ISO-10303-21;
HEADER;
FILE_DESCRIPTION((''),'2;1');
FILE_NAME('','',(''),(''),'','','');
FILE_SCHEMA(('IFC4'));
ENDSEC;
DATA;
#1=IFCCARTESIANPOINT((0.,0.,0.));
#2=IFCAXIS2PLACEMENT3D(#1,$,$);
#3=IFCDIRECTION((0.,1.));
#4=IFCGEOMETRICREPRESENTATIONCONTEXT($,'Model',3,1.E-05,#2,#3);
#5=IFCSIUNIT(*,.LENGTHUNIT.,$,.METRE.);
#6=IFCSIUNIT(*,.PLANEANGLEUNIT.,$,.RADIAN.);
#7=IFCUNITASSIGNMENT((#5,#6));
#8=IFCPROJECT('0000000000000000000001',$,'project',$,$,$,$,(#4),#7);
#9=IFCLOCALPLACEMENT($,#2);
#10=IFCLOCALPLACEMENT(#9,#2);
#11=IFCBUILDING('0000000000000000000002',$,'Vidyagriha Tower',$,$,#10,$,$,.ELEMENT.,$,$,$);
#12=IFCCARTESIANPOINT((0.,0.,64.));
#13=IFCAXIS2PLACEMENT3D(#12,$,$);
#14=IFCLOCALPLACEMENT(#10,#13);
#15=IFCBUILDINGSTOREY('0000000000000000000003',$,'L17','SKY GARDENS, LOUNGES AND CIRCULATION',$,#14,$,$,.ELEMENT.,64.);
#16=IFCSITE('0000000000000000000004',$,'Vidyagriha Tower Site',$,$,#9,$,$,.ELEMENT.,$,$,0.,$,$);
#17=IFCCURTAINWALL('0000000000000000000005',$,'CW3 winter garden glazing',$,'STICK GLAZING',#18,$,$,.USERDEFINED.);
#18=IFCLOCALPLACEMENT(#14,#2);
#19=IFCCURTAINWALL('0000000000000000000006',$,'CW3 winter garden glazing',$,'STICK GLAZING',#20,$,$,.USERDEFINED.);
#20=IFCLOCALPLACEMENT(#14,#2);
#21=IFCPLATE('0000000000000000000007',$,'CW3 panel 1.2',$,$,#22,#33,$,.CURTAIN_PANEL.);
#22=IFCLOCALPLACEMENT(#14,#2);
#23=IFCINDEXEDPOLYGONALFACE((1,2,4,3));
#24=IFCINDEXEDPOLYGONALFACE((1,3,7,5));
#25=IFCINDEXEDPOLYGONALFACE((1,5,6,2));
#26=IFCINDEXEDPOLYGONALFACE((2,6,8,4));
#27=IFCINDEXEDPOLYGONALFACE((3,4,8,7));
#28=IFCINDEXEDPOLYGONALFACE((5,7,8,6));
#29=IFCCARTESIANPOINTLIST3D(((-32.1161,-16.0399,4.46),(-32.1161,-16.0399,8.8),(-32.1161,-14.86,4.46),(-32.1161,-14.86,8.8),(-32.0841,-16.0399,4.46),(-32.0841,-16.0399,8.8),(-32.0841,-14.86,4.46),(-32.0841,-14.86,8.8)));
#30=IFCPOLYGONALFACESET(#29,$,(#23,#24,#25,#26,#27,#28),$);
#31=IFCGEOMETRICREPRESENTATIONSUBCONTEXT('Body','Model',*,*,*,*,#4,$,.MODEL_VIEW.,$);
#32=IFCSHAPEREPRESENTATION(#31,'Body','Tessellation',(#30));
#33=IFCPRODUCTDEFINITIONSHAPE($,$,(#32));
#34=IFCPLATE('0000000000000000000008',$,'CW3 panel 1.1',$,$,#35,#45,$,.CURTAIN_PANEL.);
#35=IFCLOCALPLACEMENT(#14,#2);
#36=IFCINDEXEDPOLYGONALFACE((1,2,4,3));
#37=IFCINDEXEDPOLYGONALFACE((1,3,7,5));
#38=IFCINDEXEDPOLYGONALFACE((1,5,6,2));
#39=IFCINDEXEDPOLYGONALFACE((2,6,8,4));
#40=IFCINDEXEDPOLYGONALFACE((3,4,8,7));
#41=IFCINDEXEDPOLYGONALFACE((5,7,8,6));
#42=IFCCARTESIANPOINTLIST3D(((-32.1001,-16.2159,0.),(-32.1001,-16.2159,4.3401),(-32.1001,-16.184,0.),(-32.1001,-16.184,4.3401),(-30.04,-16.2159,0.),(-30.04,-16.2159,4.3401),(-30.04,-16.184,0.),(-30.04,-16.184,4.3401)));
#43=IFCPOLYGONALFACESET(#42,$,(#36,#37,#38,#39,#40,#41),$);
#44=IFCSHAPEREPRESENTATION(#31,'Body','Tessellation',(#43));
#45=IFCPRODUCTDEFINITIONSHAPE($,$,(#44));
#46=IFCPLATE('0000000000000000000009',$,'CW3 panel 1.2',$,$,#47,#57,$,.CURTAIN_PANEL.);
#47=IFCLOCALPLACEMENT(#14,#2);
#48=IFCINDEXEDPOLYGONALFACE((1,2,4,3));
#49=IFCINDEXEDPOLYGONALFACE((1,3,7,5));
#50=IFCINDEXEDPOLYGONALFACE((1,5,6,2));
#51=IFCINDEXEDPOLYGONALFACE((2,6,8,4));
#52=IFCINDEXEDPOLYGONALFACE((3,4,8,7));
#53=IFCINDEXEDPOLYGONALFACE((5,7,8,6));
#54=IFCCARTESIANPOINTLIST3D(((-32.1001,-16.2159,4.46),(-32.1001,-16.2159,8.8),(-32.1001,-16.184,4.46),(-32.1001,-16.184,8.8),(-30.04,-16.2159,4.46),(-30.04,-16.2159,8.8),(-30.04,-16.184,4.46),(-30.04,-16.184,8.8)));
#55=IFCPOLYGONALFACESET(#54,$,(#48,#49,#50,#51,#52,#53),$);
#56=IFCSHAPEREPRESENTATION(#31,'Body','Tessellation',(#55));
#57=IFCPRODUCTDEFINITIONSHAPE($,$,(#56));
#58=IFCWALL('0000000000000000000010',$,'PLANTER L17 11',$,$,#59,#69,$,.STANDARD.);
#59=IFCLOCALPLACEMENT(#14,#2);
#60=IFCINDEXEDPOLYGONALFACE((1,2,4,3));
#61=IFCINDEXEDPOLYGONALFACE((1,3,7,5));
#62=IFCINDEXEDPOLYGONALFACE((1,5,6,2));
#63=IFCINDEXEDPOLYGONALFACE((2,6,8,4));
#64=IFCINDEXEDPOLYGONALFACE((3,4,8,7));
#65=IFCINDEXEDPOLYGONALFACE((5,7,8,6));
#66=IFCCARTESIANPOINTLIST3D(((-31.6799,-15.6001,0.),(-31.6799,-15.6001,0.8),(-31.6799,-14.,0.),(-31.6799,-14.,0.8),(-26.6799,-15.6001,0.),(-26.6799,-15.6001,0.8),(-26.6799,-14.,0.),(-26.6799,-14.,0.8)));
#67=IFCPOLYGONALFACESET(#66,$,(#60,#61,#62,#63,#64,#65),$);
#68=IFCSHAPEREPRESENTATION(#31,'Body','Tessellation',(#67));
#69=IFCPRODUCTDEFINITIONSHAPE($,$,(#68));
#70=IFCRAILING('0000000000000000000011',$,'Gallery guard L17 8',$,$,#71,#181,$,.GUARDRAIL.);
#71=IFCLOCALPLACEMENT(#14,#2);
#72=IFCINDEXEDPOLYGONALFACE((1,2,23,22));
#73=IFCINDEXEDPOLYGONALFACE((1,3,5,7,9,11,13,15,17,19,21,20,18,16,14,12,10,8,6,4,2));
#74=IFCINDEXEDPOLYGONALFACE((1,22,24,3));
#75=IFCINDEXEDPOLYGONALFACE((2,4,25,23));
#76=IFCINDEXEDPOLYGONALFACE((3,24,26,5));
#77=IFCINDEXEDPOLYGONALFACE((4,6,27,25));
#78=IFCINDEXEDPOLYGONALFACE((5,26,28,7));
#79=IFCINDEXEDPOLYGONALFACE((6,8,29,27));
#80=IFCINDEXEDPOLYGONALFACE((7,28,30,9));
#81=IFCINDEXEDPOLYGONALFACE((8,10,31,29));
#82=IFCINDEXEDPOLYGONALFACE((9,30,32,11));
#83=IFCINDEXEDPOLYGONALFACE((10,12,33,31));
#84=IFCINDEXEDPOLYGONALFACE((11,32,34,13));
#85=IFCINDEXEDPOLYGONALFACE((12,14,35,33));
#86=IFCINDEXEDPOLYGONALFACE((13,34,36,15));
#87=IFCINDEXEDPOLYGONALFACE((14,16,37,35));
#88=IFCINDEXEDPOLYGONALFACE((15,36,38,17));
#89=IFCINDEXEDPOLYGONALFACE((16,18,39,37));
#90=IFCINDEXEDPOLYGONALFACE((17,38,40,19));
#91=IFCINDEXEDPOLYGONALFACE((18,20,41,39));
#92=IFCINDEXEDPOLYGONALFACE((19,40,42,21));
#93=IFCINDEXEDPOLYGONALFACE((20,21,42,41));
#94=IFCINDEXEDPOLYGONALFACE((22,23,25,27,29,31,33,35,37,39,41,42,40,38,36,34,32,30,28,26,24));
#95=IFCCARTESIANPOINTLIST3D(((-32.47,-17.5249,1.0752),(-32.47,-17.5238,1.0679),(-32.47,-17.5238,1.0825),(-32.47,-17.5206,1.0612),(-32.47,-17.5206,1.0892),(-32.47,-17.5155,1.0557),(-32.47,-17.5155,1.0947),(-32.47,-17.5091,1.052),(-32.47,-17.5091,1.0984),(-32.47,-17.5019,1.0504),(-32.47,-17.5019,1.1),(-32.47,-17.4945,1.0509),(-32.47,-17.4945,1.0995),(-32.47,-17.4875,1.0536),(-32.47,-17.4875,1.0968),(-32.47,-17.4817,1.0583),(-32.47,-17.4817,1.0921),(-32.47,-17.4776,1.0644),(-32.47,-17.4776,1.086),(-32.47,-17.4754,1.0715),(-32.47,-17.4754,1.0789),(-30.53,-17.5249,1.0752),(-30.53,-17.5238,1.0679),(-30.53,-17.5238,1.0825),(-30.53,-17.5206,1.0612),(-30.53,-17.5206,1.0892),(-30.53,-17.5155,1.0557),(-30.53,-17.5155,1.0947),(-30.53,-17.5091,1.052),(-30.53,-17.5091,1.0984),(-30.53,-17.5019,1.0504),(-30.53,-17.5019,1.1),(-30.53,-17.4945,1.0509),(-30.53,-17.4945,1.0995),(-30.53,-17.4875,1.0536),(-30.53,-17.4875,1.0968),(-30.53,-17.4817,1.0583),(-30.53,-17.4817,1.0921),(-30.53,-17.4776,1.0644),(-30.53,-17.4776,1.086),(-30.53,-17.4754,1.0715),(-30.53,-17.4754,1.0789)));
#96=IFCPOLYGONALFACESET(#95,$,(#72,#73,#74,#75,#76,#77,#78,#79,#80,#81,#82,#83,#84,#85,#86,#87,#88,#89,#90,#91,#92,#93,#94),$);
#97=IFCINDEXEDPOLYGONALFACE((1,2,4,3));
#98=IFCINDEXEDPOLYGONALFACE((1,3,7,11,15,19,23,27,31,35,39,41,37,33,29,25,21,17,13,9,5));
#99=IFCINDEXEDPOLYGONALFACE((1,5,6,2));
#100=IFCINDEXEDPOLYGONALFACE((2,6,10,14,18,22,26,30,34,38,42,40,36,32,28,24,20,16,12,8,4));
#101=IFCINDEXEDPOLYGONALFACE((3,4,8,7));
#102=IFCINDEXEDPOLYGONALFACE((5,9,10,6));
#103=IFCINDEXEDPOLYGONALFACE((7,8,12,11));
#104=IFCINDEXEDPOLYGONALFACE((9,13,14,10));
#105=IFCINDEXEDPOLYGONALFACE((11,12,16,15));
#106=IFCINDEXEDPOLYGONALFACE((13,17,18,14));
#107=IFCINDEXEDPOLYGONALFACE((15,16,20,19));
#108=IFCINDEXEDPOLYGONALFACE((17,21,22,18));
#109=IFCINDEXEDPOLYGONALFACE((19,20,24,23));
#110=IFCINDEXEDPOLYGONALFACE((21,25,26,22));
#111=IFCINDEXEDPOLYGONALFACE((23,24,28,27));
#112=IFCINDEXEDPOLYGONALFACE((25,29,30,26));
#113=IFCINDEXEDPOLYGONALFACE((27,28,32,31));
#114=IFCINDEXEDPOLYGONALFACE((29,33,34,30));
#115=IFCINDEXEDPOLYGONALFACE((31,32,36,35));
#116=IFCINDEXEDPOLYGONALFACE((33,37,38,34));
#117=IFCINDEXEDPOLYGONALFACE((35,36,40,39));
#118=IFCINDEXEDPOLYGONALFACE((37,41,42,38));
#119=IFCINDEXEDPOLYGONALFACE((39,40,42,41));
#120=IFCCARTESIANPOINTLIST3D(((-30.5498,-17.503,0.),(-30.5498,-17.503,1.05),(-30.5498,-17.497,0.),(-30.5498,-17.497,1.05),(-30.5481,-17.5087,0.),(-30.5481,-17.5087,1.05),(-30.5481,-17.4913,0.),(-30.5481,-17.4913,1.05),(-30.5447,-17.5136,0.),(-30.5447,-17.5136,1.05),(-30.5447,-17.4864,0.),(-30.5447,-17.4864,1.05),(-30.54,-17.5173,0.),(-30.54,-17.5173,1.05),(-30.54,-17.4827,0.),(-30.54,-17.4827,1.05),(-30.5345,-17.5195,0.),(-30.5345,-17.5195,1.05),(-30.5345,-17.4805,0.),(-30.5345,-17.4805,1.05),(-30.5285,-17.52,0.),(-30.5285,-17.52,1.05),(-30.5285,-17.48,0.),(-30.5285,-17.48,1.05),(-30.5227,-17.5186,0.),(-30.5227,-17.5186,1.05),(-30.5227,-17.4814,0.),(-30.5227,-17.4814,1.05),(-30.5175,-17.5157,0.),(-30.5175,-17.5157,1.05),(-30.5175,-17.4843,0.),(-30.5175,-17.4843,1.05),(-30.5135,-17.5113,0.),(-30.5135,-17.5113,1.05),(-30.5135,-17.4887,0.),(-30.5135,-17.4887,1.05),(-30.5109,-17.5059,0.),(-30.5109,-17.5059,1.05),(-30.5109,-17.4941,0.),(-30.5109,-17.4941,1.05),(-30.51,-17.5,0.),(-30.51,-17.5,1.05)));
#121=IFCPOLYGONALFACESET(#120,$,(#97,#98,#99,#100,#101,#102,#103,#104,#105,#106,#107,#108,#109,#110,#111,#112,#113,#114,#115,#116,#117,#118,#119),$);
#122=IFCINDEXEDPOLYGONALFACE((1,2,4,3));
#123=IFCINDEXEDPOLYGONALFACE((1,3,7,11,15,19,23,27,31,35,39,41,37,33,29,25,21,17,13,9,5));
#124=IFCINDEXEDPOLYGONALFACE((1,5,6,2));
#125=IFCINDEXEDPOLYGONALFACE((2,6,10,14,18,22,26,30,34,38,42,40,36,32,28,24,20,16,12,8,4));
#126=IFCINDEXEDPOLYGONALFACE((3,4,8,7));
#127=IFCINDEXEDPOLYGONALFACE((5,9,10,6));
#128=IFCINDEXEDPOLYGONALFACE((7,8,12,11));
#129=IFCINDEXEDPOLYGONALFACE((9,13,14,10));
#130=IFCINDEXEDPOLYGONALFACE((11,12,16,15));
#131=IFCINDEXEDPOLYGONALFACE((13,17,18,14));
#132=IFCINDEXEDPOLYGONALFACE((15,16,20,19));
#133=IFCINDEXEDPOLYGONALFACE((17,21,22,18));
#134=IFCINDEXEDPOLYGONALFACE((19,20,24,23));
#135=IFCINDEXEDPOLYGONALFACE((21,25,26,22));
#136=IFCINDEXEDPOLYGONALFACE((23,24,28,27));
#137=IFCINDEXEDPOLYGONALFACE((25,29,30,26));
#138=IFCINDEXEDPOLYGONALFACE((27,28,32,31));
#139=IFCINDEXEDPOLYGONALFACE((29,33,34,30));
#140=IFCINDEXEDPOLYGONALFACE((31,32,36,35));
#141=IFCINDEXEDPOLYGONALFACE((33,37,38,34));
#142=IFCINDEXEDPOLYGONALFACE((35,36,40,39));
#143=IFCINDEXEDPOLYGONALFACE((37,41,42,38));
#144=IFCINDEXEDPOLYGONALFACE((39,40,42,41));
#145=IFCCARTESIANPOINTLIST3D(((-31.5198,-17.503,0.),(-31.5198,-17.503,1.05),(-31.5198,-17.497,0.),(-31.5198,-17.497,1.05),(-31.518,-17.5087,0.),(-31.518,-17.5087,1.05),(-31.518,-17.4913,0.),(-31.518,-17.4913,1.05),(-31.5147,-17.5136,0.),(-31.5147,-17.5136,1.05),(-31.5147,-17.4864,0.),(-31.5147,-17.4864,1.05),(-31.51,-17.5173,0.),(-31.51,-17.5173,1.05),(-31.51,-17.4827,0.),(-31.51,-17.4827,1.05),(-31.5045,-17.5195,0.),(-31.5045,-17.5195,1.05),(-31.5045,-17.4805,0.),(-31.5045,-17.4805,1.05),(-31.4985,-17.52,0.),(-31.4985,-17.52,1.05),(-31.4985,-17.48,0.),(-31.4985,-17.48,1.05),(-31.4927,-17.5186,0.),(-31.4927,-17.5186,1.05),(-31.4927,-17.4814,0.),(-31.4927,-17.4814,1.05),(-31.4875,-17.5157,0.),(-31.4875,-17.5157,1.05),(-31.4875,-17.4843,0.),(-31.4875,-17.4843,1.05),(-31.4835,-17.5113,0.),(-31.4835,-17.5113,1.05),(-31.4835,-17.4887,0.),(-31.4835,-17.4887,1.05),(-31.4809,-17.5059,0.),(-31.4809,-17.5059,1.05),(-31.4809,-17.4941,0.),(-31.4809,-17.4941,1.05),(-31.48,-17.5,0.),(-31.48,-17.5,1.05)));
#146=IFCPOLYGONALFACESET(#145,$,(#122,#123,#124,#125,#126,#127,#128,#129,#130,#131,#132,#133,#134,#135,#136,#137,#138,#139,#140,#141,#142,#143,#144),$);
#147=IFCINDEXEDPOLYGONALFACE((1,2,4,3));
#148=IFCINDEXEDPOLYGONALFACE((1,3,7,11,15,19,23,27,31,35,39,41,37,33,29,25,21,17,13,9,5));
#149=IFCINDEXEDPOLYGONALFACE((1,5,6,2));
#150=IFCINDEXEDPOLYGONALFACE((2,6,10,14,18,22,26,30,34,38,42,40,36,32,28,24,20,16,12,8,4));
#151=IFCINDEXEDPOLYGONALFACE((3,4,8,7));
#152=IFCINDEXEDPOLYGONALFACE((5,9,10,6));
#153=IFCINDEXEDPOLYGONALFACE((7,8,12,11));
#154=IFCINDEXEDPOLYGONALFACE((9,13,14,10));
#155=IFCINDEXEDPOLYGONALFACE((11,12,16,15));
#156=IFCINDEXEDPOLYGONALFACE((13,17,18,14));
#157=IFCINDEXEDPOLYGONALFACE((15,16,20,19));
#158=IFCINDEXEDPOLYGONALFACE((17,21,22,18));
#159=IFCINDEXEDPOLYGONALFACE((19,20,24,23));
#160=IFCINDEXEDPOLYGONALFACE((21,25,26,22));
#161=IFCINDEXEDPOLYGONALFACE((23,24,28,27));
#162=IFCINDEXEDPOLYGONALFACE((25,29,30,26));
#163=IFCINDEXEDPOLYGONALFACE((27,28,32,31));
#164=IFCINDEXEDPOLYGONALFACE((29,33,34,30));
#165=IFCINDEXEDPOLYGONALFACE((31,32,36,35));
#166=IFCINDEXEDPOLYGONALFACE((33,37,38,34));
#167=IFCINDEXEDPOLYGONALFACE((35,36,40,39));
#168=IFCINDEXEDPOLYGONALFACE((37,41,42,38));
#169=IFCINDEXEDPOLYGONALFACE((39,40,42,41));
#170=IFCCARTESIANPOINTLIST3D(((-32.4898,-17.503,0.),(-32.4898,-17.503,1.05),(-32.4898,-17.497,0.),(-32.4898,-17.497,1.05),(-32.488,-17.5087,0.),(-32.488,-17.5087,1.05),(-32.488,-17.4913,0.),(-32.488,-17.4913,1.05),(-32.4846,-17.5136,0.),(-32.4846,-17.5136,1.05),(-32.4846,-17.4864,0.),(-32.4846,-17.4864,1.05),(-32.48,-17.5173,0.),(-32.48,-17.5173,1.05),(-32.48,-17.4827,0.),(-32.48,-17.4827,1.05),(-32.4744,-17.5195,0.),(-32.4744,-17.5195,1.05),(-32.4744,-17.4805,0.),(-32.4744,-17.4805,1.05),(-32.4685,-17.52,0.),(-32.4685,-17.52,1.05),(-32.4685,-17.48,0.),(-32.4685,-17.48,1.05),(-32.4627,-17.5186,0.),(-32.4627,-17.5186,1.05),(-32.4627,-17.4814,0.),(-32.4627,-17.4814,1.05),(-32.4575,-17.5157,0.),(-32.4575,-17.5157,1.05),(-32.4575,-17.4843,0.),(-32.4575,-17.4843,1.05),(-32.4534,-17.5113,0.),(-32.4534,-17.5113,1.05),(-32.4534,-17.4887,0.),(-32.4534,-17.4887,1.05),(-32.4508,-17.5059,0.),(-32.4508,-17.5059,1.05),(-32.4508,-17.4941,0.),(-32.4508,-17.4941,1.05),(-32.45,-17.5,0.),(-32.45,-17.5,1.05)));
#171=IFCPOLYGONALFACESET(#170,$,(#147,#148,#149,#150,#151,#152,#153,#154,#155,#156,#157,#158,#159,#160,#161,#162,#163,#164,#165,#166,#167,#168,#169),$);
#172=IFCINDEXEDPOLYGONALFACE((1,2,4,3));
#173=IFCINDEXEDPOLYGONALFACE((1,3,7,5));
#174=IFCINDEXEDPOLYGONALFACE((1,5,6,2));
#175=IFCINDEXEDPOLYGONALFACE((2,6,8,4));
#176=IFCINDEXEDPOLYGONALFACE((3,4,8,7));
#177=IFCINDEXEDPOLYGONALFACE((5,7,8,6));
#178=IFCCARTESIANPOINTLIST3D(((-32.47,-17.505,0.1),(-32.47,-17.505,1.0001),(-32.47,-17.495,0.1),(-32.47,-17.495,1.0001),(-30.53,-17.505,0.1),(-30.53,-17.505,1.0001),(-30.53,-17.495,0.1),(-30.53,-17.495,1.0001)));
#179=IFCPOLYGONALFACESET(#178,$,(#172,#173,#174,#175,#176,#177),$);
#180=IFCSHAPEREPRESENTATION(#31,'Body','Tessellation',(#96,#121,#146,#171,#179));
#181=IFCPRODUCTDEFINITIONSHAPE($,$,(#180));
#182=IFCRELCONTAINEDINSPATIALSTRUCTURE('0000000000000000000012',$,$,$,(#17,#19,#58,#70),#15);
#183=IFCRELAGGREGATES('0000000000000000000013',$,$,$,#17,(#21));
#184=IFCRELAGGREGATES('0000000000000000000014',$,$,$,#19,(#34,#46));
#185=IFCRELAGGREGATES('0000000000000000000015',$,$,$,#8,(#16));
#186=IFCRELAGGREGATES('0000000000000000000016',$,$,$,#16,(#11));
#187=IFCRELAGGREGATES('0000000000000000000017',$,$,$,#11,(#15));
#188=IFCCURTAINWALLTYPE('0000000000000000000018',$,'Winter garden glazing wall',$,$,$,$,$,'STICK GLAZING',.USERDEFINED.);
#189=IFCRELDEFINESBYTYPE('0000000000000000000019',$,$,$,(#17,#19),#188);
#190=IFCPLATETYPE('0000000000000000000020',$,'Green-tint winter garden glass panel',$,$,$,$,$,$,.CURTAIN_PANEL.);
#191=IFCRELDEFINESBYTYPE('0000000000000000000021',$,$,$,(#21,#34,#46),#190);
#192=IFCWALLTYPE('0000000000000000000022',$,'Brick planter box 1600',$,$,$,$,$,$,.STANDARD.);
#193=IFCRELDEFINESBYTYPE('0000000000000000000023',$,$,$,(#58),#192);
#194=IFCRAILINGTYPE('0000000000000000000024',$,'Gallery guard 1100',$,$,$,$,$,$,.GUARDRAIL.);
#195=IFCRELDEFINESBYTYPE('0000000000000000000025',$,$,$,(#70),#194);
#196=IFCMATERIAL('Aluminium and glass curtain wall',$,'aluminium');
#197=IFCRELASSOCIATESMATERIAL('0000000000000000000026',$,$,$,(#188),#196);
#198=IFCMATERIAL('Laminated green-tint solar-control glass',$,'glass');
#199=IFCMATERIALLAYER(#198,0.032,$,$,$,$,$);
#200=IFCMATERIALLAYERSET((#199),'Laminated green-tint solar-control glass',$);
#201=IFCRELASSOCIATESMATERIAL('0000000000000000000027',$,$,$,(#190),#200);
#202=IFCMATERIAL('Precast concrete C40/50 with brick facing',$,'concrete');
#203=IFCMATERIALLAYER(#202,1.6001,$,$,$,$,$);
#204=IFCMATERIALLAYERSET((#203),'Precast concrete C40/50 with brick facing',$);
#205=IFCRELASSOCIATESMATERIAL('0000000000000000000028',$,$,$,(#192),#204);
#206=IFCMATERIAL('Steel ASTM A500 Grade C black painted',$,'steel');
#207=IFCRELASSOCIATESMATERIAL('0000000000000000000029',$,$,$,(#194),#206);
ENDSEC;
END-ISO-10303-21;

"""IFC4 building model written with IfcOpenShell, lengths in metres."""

from ifc_helpers import new_model, si_unit, direction, frame, frame_2d, origin, origin_2d, place, context, subcontext, project, spatial, rectangle, circle, extrude, material, layer, layer_set, type_object, element, aggregate, save


model = new_model("IFC4")

# Units and contexts
model_context = context("Model", 3, precision=1e-05, world=origin(), true_north=direction((0.0, 1.0)))
body_context = subcontext(model_context, "Body", "Model", "MODEL_VIEW")
ifc_project = project(units=[si_unit("LENGTHUNIT", "METRE"), si_unit("PLANEANGLEUNIT", "RADIAN")], contexts=[model_context])

# Site, building, storey
site_placement = place(None, origin())
site = spatial("IfcSite", under=ifc_project, at=site_placement, Name="Vidyagriha Tower Site", CompositionType="ELEMENT", RefElevation=0.0)
building_placement = place(site_placement, origin())
building = spatial("IfcBuilding", under=site, at=building_placement, Name="Vidyagriha Tower", CompositionType="ELEMENT")
storey_placement = place(building_placement, frame((0.0, 0.0, 64.0)))
storey = spatial("IfcBuildingStorey", under=building, at=storey_placement, Name="L17", Description="SKY GARDENS, LOUNGES AND CIRCULATION", CompositionType="ELEMENT", Elevation=64.0)

# Shared definitions
ifc_material_1 = material(Name="Aluminium and glass curtain wall", Category="aluminium")
curtain_wall_type = type_object("IfcCurtainWallType", Name="Winter garden glazing wall", ElementType="STICK GLAZING", PredefinedType="USERDEFINED", material=ifc_material_1)

# Curtain wall
curtain_wall_1_placement = place(storey_placement, origin())
curtain_wall_1 = element("IfcCurtainWall", 1, at=curtain_wall_1_placement, inside=storey, type_object=curtain_wall_type, Name="CW3 winter garden glazing", ObjectType="STICK GLAZING", PredefinedType="USERDEFINED")

# Curtain wall
curtain_wall_2_placement = place(storey_placement, origin())
curtain_wall_2 = element("IfcCurtainWall", 2, at=curtain_wall_2_placement, inside=storey, type_object=curtain_wall_type, Name="CW3 winter garden glazing", ObjectType="STICK GLAZING", PredefinedType="USERDEFINED")

# Plates
ifc_material_2 = material(Name="Laminated green-tint solar-control glass", Category="glass")
ifc_layer_1 = layer(ifc_material_2, 0.032)
ifc_layer_set_1 = layer_set([ifc_layer_1], Name="Laminated green-tint solar-control glass")
plate_type = type_object("IfcPlateType", Name="Green-tint winter garden glass panel", PredefinedType="CURTAIN_PANEL", material=ifc_layer_set_1)
plate_1_placement = place(storey_placement, frame((-32.1001, -15.45, 4.46), z_axis=(0.0, 0.0, 1.0), x_axis=(0.0, -1.0, 0.0)))
plate_1 = element("IfcPlate", 3, at=plate_1_placement, type_object=plate_type, Name="CW3 panel 1.2", PredefinedType="CURTAIN_PANEL", context=body_context, shape_type="SweptSolid", body=[
    extrude(rectangle(XDim=1.1799, YDim=0.032, at=origin_2d()), origin(), (0.0, 0.0, 1.0), 4.3401),
])
aggregate(curtain_wall_1, [plate_1])
plate_2_placement = place(storey_placement, frame((-31.0701, -16.2, 0.0)))
plate_2 = element("IfcPlate", 4, at=plate_2_placement, type_object=plate_type, Name="CW3 panel 1.1", PredefinedType="CURTAIN_PANEL", context=body_context, shape_type="SweptSolid", body=[
    extrude(rectangle(XDim=2.0601, YDim=0.032, at=origin_2d()), origin(), (0.0, 0.0, 1.0), 4.3401),
])
plate_3_placement = place(storey_placement, frame((-31.0701, -16.2, 4.46)))
plate_3 = element("IfcPlate", 5, at=plate_3_placement, type_object=plate_type, Name="CW3 panel 1.2", PredefinedType="CURTAIN_PANEL", context=body_context, shape_type="SweptSolid", body=[
    extrude(rectangle(XDim=2.0601, YDim=0.032, at=origin_2d()), origin(), (0.0, 0.0, 1.0), 4.3401),
])
aggregate(curtain_wall_2, [plate_2, plate_3])

# Wall
ifc_material_3 = material(Name="Precast concrete C40/50 with brick facing", Category="concrete")
ifc_layer_2 = layer(ifc_material_3, 1.6001)
ifc_layer_set_2 = layer_set([ifc_layer_2], Name="Precast concrete C40/50 with brick facing")
wall_type = type_object("IfcWallType", Name="Brick planter box 1600", PredefinedType="STANDARD", material=ifc_layer_set_2)
wall_placement = place(storey_placement, frame((-31.6799, -14.8, 0.0)))
element("IfcWall", 6, at=wall_placement, inside=storey, type_object=wall_type, Name="PLANTER L17 11", PredefinedType="STANDARD", context=body_context, shape_type="SweptSolid", body=[
    extrude(rectangle(XDim=5.0, YDim=1.6001, at=frame_2d((2.5, 0.0))), origin(), (0.0, 0.0, 1.0), 0.8),
])

# Railing
ifc_material_4 = material(Name="Steel ASTM A500 Grade C black painted", Category="steel")
railing_type = type_object("IfcRailingType", Name="Gallery guard 1100", PredefinedType="GUARDRAIL", material=ifc_material_4)
railing_1_placement = place(storey_placement, frame((-30.53, -17.5, 0.0)))
element("IfcRailing", 7, at=railing_1_placement, inside=storey, type_object=railing_type, Name="Gallery guard L17 8", PredefinedType="GUARDRAIL", context=body_context, shape_type="SweptSolid", body=[
    extrude(circle(Radius=0.0249, at=origin_2d()), frame((0.0, 0.0, 1.0752), z_axis=(-1.0, 0.0, 0.0), x_axis=(0.0, -1.0, 0.0)), (0.0, 0.0, 1.0), 1.9399),
    extrude(circle(Radius=0.02, at=origin_2d()), origin(), (0.0, 0.0, 1.0), 1.05),
    extrude(circle(Radius=0.02, at=origin_2d()), frame((-0.97, 0.0, 0.0)), (0.0, 0.0, 1.0), 1.05),
    extrude(circle(Radius=0.02, at=origin_2d()), frame((-1.9399, 0.0, 0.0)), (0.0, 0.0, 1.0), 1.05),
    extrude(rectangle(XDim=0.01, YDim=0.9001, at=origin_2d()), frame((0.0, 0.0, 0.55), z_axis=(-1.0, 0.0, 0.0), x_axis=(0.0, -1.0, 0.0)), (0.0, 0.0, 1.0), 1.9399),
])

save(model, "model.ifc")
